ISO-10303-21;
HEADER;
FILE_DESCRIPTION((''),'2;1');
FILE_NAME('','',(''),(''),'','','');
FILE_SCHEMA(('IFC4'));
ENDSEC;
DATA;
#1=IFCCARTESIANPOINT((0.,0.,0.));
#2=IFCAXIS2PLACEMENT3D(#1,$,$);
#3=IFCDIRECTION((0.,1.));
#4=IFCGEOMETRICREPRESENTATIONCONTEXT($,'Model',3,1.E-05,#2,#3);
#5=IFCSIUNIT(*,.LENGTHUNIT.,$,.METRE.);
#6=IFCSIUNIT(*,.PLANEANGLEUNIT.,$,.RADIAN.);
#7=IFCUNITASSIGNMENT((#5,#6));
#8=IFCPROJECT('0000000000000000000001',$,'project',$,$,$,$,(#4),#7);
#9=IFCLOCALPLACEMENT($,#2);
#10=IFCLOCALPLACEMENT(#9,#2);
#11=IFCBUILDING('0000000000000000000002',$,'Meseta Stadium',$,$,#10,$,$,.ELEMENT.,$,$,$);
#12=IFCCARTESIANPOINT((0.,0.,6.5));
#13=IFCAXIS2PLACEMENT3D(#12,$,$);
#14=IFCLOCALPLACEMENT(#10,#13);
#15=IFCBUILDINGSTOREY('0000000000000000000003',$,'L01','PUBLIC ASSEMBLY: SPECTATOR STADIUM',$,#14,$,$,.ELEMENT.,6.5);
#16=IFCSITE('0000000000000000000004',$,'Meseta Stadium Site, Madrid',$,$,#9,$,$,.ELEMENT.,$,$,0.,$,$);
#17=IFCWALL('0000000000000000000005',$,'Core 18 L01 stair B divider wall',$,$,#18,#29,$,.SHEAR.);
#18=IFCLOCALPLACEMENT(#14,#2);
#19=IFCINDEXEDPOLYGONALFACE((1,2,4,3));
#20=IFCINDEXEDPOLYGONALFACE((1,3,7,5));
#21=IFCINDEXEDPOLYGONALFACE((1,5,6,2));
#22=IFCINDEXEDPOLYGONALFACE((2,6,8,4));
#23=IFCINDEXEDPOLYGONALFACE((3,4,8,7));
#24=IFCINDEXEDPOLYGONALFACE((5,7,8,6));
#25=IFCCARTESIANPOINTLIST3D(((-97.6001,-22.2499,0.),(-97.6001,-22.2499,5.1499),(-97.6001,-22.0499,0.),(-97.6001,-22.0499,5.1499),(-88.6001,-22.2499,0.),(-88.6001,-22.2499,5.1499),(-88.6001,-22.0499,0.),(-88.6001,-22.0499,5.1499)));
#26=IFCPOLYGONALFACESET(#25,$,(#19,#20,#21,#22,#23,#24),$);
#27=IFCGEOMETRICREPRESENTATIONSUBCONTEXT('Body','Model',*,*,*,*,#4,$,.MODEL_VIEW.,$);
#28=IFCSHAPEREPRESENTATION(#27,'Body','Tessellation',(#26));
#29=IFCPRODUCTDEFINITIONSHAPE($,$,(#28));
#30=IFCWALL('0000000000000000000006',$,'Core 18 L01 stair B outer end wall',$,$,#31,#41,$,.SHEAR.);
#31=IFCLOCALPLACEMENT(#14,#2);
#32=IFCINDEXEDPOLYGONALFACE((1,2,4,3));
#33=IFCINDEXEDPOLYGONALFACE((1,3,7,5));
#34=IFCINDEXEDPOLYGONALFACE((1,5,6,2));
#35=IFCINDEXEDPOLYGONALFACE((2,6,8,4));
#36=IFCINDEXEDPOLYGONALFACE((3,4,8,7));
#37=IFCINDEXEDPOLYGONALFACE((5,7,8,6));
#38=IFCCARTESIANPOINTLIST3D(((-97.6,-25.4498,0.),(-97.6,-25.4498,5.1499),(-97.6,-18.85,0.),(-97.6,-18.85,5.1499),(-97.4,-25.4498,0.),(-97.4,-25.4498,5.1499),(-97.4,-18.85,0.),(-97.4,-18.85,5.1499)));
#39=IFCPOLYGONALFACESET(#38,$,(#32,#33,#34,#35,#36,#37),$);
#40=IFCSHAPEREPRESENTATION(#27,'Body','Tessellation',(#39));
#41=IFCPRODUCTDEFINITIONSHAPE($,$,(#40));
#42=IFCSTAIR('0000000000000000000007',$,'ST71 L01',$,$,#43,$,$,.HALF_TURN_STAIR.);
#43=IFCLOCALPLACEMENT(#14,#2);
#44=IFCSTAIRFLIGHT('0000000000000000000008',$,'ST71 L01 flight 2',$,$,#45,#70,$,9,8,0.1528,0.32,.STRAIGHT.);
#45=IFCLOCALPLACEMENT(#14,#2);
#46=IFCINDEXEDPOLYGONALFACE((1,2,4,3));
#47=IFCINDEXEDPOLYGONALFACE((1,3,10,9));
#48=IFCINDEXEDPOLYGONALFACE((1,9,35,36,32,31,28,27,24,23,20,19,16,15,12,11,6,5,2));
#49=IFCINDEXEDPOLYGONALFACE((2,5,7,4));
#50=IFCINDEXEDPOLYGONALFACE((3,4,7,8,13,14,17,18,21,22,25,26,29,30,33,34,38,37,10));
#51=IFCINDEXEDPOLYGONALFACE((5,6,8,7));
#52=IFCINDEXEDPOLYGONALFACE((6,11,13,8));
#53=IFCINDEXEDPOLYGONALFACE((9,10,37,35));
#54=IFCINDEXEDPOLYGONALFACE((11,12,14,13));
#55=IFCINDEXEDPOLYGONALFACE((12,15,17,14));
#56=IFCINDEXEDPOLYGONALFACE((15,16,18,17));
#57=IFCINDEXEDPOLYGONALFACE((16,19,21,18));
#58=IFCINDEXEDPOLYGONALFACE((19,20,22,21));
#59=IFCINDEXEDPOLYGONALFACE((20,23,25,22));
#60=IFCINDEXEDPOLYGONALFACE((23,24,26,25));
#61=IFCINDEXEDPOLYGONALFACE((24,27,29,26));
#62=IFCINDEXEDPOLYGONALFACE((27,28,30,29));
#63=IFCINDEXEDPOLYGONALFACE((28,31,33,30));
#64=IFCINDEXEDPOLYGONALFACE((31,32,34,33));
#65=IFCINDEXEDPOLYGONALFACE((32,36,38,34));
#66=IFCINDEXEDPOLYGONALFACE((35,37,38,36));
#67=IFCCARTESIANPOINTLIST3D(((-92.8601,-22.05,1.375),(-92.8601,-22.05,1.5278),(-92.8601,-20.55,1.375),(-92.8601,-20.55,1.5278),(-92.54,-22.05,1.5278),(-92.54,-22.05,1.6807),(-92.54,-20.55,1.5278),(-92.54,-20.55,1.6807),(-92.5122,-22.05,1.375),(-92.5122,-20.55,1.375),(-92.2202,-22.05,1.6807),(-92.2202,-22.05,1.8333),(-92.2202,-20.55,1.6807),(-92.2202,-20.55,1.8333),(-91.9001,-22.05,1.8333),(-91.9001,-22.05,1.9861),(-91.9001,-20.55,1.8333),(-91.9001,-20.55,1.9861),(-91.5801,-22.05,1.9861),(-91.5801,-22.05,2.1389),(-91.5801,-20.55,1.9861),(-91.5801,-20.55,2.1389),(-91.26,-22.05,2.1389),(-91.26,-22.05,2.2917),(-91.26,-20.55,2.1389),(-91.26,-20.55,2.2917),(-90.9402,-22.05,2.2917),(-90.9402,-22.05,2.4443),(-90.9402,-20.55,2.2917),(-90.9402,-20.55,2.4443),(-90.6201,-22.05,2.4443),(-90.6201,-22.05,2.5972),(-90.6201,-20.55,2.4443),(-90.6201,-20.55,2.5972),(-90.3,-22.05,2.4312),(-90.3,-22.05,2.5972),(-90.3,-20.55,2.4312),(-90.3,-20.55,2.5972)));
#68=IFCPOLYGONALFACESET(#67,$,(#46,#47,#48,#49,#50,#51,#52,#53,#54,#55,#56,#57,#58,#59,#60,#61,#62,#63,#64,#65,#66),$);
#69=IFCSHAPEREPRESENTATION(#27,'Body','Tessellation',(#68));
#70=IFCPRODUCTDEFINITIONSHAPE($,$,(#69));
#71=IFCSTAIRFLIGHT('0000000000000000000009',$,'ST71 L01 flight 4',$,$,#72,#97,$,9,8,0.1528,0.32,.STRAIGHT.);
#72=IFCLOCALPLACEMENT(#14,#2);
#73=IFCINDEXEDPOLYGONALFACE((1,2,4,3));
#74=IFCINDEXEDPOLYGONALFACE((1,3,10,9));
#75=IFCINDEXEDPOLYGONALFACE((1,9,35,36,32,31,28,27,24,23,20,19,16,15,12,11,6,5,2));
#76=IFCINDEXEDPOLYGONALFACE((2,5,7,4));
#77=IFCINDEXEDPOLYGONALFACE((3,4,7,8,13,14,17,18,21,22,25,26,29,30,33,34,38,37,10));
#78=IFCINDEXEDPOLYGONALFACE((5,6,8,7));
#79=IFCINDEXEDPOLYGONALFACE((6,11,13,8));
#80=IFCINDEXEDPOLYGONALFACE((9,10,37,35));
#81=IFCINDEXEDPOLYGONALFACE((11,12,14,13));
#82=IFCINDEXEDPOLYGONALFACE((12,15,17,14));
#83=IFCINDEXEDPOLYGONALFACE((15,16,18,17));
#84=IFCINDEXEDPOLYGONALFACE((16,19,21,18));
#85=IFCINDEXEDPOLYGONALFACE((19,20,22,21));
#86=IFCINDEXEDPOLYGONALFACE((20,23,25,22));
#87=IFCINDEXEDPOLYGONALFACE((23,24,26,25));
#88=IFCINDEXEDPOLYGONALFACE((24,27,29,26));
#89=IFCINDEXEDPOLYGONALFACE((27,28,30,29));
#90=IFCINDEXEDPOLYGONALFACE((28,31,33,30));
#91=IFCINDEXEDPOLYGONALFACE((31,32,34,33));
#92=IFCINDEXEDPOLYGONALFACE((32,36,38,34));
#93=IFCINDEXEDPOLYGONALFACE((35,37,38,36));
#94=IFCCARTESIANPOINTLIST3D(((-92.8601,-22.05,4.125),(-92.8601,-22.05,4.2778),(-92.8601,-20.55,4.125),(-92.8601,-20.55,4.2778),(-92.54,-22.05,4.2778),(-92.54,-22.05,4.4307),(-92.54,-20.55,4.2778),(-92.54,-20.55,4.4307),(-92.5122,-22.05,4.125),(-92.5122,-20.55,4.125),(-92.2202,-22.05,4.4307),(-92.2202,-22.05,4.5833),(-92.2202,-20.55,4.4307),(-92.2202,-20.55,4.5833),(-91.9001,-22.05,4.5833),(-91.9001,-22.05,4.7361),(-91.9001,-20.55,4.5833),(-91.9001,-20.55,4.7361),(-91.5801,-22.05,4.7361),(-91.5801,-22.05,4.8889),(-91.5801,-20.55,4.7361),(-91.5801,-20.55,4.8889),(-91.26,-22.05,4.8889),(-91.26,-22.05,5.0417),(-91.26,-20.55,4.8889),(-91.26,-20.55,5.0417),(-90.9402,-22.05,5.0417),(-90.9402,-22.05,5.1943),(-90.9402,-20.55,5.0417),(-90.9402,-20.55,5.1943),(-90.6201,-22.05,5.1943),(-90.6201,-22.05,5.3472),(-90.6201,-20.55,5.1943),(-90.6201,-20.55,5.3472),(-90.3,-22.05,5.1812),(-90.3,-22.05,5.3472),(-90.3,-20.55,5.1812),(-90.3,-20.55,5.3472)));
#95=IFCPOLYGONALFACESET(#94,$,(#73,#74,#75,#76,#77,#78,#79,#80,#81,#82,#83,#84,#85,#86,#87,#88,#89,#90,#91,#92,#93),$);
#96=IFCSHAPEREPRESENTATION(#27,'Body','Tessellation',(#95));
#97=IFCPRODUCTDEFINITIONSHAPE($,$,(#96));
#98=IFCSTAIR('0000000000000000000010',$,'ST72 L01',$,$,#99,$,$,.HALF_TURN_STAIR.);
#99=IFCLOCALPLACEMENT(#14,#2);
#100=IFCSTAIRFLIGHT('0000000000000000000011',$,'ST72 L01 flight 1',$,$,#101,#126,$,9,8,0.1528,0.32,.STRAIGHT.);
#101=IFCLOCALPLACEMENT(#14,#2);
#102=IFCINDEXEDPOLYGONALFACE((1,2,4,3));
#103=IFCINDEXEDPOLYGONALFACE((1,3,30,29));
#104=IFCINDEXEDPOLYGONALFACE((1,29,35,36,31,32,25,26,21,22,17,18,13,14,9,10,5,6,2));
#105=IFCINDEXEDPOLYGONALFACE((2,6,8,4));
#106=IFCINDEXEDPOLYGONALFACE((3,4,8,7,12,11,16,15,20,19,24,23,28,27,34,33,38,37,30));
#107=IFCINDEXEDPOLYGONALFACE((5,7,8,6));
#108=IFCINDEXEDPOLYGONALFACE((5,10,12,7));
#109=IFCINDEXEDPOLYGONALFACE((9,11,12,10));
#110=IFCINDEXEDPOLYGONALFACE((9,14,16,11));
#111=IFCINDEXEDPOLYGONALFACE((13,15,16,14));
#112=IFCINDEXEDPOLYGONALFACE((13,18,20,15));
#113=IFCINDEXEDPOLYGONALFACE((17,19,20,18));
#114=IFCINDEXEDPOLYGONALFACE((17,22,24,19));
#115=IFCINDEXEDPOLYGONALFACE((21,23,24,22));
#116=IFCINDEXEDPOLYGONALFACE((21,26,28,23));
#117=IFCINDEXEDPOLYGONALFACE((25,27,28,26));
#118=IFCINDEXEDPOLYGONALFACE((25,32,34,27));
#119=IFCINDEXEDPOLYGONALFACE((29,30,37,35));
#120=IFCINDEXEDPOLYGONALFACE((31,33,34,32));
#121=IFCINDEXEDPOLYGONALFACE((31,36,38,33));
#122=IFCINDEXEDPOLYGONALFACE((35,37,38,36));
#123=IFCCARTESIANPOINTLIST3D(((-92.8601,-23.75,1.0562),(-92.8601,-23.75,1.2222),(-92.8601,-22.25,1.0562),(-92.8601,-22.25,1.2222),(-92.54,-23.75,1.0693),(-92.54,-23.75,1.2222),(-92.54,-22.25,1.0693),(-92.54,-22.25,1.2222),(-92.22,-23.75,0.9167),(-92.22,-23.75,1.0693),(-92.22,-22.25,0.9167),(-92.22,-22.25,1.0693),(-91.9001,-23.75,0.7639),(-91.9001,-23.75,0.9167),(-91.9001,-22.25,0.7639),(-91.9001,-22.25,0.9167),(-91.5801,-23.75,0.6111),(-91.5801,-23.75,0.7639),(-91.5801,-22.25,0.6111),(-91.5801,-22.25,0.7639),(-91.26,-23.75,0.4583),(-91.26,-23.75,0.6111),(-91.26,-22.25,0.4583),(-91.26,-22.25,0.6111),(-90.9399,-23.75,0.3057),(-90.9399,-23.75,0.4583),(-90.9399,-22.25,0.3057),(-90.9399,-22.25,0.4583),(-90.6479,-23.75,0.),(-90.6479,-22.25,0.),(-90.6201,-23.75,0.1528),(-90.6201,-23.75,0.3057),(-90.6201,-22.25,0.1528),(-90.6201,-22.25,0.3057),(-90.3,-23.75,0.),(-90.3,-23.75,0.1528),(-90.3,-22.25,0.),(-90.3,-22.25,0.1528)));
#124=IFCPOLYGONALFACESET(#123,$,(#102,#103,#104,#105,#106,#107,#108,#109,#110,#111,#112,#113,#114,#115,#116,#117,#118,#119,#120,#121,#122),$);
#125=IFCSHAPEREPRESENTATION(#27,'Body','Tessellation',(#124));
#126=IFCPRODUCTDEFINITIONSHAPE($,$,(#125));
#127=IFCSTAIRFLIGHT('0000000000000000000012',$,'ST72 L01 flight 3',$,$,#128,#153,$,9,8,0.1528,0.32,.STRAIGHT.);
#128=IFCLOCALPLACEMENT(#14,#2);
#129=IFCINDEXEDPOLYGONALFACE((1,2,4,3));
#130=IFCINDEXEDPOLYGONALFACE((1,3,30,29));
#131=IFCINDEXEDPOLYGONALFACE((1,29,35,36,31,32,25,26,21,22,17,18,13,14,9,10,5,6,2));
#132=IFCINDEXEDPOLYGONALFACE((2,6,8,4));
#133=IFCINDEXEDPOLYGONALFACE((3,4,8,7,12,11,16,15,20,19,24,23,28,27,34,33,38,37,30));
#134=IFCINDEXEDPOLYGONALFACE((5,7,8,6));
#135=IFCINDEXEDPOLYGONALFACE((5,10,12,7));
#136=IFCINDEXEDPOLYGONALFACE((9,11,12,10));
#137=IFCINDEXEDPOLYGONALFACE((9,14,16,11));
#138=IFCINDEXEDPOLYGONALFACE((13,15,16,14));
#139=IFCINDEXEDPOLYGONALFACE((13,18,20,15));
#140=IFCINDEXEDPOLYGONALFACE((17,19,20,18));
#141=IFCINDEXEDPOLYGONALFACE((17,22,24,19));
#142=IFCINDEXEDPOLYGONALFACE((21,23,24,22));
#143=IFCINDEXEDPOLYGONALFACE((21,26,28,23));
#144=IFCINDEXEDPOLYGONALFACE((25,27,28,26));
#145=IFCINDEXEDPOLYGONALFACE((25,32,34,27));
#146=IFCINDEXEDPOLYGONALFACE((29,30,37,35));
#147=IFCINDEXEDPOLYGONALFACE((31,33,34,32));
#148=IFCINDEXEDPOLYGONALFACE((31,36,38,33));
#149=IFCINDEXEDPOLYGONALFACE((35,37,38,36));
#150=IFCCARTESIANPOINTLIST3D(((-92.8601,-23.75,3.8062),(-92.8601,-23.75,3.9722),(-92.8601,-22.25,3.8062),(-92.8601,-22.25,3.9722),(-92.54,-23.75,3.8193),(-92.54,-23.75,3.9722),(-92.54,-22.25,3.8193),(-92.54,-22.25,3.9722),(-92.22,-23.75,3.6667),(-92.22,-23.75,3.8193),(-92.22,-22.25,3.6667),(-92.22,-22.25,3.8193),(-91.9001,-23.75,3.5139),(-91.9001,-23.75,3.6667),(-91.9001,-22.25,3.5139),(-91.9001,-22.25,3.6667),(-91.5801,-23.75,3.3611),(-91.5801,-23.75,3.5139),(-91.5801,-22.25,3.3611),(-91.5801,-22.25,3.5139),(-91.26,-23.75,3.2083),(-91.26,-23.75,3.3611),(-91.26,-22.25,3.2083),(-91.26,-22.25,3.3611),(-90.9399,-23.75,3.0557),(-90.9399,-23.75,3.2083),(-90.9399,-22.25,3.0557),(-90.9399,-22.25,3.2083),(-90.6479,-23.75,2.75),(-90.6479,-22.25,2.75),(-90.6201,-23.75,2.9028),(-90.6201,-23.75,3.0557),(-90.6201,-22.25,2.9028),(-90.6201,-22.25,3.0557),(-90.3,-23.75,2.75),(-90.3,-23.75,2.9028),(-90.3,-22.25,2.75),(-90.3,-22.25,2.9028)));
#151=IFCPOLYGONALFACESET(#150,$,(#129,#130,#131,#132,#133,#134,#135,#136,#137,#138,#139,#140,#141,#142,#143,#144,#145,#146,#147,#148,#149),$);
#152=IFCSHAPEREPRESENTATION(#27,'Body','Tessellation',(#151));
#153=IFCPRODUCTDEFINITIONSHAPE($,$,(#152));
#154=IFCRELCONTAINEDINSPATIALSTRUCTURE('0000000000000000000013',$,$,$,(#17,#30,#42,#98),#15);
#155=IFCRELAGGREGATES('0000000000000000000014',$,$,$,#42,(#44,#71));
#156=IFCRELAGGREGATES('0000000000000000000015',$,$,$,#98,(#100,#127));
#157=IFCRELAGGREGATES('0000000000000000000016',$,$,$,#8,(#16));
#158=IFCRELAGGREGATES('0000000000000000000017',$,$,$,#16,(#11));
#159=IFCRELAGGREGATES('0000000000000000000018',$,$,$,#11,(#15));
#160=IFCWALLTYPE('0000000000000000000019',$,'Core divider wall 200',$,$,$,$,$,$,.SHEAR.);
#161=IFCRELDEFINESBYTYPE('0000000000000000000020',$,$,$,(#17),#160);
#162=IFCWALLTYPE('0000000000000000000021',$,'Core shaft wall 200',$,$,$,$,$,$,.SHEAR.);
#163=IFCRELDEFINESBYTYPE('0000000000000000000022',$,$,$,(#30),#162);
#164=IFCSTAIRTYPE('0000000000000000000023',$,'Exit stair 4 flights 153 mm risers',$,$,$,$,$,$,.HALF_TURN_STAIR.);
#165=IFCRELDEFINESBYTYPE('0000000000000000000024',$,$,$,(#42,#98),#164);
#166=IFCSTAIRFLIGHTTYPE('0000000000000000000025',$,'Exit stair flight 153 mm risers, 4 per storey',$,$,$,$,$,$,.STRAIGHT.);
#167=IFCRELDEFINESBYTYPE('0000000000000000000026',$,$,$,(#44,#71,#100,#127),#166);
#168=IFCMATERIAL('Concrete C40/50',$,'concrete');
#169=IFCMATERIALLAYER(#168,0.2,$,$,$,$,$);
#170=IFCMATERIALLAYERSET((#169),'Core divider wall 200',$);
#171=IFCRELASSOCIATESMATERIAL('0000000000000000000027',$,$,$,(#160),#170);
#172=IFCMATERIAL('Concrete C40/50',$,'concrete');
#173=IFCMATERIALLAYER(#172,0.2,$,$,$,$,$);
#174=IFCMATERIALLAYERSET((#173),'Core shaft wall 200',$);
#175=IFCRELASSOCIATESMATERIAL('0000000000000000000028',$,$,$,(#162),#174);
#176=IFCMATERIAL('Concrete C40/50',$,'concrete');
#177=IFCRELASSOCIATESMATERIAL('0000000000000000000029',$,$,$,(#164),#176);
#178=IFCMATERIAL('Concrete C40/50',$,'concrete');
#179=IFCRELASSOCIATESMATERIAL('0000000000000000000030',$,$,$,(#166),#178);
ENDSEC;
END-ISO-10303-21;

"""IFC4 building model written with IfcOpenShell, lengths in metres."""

from ifc_helpers import new_model, si_unit, direction, frame, frame_2d, origin, place, context, subcontext, project, spatial, polyline, rectangle, outline, extrude, material, layer, layer_set, type_object, element, aggregate, save


model = new_model("IFC4")

# Units and contexts
model_context = context("Model", 3, precision=1e-05, world=origin(), true_north=direction((0.0, 1.0)))
body_context = subcontext(model_context, "Body", "Model", "MODEL_VIEW")
ifc_project = project(units=[si_unit("LENGTHUNIT", "METRE"), si_unit("PLANEANGLEUNIT", "RADIAN")], contexts=[model_context])

# Site, building, storey
site_placement = place(None, origin())
site = spatial("IfcSite", under=ifc_project, at=site_placement, Name="Meseta Stadium Site, Madrid", CompositionType="ELEMENT", RefElevation=0.0)
building_placement = place(site_placement, origin())
building = spatial("IfcBuilding", under=site, at=building_placement, Name="Meseta Stadium", CompositionType="ELEMENT")
storey_placement = place(building_placement, frame((0.0, 0.0, 6.5)))
storey = spatial("IfcBuildingStorey", under=building, at=storey_placement, Name="L01", Description="PUBLIC ASSEMBLY: SPECTATOR STADIUM", CompositionType="ELEMENT", Elevation=6.5)

# Walls
ifc_material_1 = material(Name="Concrete C40/50", Category="concrete")
ifc_layer_1 = layer(ifc_material_1, 0.2)
ifc_layer_set_1 = layer_set([ifc_layer_1], Name="Core divider wall 200")
wall_type_1 = type_object("IfcWallType", Name="Core divider wall 200", PredefinedType="SHEAR", material=ifc_layer_set_1)
wall_1_placement = place(storey_placement, frame((-97.6001, -22.1499, 0.0), z_axis=(0.0, 0.0, 1.0), x_axis=(1.0, 0.0, 0.0)))
element("IfcWall", 1, at=wall_1_placement, inside=storey, type_object=wall_type_1, Name="Core 18 L01 stair B divider wall", PredefinedType="SHEAR", context=body_context, shape_type="SweptSolid", body=[
    extrude(rectangle(XDim=9.0, YDim=0.2, at=frame_2d((4.5, 0.0))), origin(), (0.0, 0.0, 1.0), 5.1499),
])
ifc_material_2 = material(Name="Concrete C40/50", Category="concrete")
ifc_layer_2 = layer(ifc_material_2, 0.2)
ifc_layer_set_2 = layer_set([ifc_layer_2], Name="Core shaft wall 200")
wall_type_2 = type_object("IfcWallType", Name="Core shaft wall 200", PredefinedType="SHEAR", material=ifc_layer_set_2)
wall_2_placement = place(storey_placement, frame((-97.5, -18.8501, 0.0), z_axis=(0.0, 0.0, 1.0), x_axis=(0.0, -1.0, 0.0)))
element("IfcWall", 2, at=wall_2_placement, inside=storey, type_object=wall_type_2, Name="Core 18 L01 stair B outer end wall", PredefinedType="SHEAR", context=body_context, shape_type="SweptSolid", body=[
    extrude(rectangle(XDim=6.5999, YDim=0.2, at=frame_2d((3.2998, 0.0))), origin(), (0.0, 0.0, 1.0), 5.1499),
])

# Stairs, stair flights
ifc_material_3 = material(Name="Concrete C40/50", Category="concrete")
stair_type = type_object("IfcStairType", Name="Exit stair 4 flights 153 mm risers", PredefinedType="HALF_TURN_STAIR", material=ifc_material_3)
stair_1_placement = place(storey_placement, origin())
stair_1 = element("IfcStair", 3, at=stair_1_placement, inside=storey, type_object=stair_type, Name="ST71 L01", PredefinedType="HALF_TURN_STAIR")
ifc_material_4 = material(Name="Concrete C40/50", Category="concrete")
stair_flight_type = type_object("IfcStairFlightType", Name="Exit stair flight 153 mm risers, 4 per storey", PredefinedType="STRAIGHT", material=ifc_material_4)
stair_flight_1_placement = place(storey_placement, frame((-92.8601, -21.3, 1.375), z_axis=(0.0, 0.0, 1.0), x_axis=(1.0, 0.0, 0.0)))
stair_flight_1 = element("IfcStairFlight", 4, at=stair_flight_1_placement, type_object=stair_flight_type, Name="ST71 L01 flight 2", NumberOfRisers=9, NumberOfTreads=8, PredefinedType="STRAIGHT", RiserHeight=0.1528, TreadLength=0.32, context=body_context, shape_type="SweptSolid", body=[
    extrude(outline(polyline([(0.0, 0.0), (0.0, 0.1528), (0.3201, 0.1528), (0.3201, 0.3057), (0.6399, 0.3057), (0.6399, 0.4583), (0.96, 0.4583), (0.96, 0.6111), (1.28, 0.6111), (1.28, 0.7639), (1.6001, 0.7639), (1.6001, 0.9167), (1.9199, 0.9167), (1.9199, 1.0693), (2.24, 1.0693), (2.24, 1.2222), (2.5601, 1.2222), (2.5601, 1.0562), (0.3479, 0.0), (0.0, 0.0)])), frame((0.0, 0.75, 0.0), z_axis=(0.0, -1.0, 0.0), x_axis=(1.0, 0.0, 0.0)), (0.0, 0.0, 1.0), 1.5),
])
stair_flight_2_placement = place(storey_placement, frame((-92.8601, -21.3, 4.125), z_axis=(0.0, 0.0, 1.0), x_axis=(1.0, 0.0, 0.0)))
stair_flight_2 = element("IfcStairFlight", 5, at=stair_flight_2_placement, type_object=stair_flight_type, Name="ST71 L01 flight 4", NumberOfRisers=9, NumberOfTreads=8, PredefinedType="STRAIGHT", RiserHeight=0.1528, TreadLength=0.32, context=body_context, shape_type="SweptSolid", body=[
    extrude(outline(polyline([(0.0, 0.0), (0.0, 0.1528), (0.3201, 0.1528), (0.3201, 0.3057), (0.6399, 0.3057), (0.6399, 0.4583), (0.96, 0.4583), (0.96, 0.6111), (1.28, 0.6111), (1.28, 0.7639), (1.6001, 0.7639), (1.6001, 0.9167), (1.9199, 0.9167), (1.9199, 1.0693), (2.24, 1.0693), (2.24, 1.2222), (2.5601, 1.2222), (2.5601, 1.0562), (0.3479, 0.0), (0.0, 0.0)])), frame((0.0, 0.75, 0.0), z_axis=(0.0, -1.0, 0.0), x_axis=(1.0, 0.0, 0.0)), (0.0, 0.0, 1.0), 1.5),
])
aggregate(stair_1, [stair_flight_1, stair_flight_2])
stair_2_placement = place(storey_placement, origin())
stair_2 = element("IfcStair", 6, at=stair_2_placement, inside=storey, type_object=stair_type, Name="ST72 L01", PredefinedType="HALF_TURN_STAIR")
stair_flight_3_placement = place(storey_placement, frame((-90.3, -23.0, 0.0), z_axis=(0.0, 0.0, 1.0), x_axis=(-1.0, 0.0, 0.0)))
stair_flight_3 = element("IfcStairFlight", 7, at=stair_flight_3_placement, type_object=stair_flight_type, Name="ST72 L01 flight 1", NumberOfRisers=9, NumberOfTreads=8, PredefinedType="STRAIGHT", RiserHeight=0.1528, TreadLength=0.32, context=body_context, shape_type="SweptSolid", body=[
    extrude(outline(polyline([(0.0, 0.0), (0.0, 0.1528), (0.3201, 0.1528), (0.3201, 0.3057), (0.6399, 0.3057), (0.6399, 0.4583), (0.96, 0.4583), (0.96, 0.6111), (1.28, 0.6111), (1.28, 0.7639), (1.6001, 0.7639), (1.6001, 0.9167), (1.9199, 0.9167), (1.9199, 1.0693), (2.24, 1.0693), (2.24, 1.2222), (2.5601, 1.2222), (2.5601, 1.0562), (0.3479, 0.0), (0.0, 0.0)])), frame((0.0, 0.75, 0.0), z_axis=(0.0, -1.0, 0.0), x_axis=(1.0, 0.0, 0.0)), (0.0, 0.0, 1.0), 1.5),
])
stair_flight_4_placement = place(storey_placement, frame((-90.3, -23.0, 2.75), z_axis=(0.0, 0.0, 1.0), x_axis=(-1.0, 0.0, 0.0)))
stair_flight_4 = element("IfcStairFlight", 8, at=stair_flight_4_placement, type_object=stair_flight_type, Name="ST72 L01 flight 3", NumberOfRisers=9, NumberOfTreads=8, PredefinedType="STRAIGHT", RiserHeight=0.1528, TreadLength=0.32, context=body_context, shape_type="SweptSolid", body=[
    extrude(outline(polyline([(0.0, 0.0), (0.0, 0.1528), (0.3201, 0.1528), (0.3201, 0.3057), (0.6399, 0.3057), (0.6399, 0.4583), (0.96, 0.4583), (0.96, 0.6111), (1.28, 0.6111), (1.28, 0.7639), (1.6001, 0.7639), (1.6001, 0.9167), (1.9199, 0.9167), (1.9199, 1.0693), (2.24, 1.0693), (2.24, 1.2222), (2.5601, 1.2222), (2.5601, 1.0562), (0.3479, 0.0), (0.0, 0.0)])), frame((0.0, 0.75, 0.0), z_axis=(0.0, -1.0, 0.0), x_axis=(1.0, 0.0, 0.0)), (0.0, 0.0, 1.0), 1.5),
])
aggregate(stair_2, [stair_flight_3, stair_flight_4])

save(model, "model.ifc")
